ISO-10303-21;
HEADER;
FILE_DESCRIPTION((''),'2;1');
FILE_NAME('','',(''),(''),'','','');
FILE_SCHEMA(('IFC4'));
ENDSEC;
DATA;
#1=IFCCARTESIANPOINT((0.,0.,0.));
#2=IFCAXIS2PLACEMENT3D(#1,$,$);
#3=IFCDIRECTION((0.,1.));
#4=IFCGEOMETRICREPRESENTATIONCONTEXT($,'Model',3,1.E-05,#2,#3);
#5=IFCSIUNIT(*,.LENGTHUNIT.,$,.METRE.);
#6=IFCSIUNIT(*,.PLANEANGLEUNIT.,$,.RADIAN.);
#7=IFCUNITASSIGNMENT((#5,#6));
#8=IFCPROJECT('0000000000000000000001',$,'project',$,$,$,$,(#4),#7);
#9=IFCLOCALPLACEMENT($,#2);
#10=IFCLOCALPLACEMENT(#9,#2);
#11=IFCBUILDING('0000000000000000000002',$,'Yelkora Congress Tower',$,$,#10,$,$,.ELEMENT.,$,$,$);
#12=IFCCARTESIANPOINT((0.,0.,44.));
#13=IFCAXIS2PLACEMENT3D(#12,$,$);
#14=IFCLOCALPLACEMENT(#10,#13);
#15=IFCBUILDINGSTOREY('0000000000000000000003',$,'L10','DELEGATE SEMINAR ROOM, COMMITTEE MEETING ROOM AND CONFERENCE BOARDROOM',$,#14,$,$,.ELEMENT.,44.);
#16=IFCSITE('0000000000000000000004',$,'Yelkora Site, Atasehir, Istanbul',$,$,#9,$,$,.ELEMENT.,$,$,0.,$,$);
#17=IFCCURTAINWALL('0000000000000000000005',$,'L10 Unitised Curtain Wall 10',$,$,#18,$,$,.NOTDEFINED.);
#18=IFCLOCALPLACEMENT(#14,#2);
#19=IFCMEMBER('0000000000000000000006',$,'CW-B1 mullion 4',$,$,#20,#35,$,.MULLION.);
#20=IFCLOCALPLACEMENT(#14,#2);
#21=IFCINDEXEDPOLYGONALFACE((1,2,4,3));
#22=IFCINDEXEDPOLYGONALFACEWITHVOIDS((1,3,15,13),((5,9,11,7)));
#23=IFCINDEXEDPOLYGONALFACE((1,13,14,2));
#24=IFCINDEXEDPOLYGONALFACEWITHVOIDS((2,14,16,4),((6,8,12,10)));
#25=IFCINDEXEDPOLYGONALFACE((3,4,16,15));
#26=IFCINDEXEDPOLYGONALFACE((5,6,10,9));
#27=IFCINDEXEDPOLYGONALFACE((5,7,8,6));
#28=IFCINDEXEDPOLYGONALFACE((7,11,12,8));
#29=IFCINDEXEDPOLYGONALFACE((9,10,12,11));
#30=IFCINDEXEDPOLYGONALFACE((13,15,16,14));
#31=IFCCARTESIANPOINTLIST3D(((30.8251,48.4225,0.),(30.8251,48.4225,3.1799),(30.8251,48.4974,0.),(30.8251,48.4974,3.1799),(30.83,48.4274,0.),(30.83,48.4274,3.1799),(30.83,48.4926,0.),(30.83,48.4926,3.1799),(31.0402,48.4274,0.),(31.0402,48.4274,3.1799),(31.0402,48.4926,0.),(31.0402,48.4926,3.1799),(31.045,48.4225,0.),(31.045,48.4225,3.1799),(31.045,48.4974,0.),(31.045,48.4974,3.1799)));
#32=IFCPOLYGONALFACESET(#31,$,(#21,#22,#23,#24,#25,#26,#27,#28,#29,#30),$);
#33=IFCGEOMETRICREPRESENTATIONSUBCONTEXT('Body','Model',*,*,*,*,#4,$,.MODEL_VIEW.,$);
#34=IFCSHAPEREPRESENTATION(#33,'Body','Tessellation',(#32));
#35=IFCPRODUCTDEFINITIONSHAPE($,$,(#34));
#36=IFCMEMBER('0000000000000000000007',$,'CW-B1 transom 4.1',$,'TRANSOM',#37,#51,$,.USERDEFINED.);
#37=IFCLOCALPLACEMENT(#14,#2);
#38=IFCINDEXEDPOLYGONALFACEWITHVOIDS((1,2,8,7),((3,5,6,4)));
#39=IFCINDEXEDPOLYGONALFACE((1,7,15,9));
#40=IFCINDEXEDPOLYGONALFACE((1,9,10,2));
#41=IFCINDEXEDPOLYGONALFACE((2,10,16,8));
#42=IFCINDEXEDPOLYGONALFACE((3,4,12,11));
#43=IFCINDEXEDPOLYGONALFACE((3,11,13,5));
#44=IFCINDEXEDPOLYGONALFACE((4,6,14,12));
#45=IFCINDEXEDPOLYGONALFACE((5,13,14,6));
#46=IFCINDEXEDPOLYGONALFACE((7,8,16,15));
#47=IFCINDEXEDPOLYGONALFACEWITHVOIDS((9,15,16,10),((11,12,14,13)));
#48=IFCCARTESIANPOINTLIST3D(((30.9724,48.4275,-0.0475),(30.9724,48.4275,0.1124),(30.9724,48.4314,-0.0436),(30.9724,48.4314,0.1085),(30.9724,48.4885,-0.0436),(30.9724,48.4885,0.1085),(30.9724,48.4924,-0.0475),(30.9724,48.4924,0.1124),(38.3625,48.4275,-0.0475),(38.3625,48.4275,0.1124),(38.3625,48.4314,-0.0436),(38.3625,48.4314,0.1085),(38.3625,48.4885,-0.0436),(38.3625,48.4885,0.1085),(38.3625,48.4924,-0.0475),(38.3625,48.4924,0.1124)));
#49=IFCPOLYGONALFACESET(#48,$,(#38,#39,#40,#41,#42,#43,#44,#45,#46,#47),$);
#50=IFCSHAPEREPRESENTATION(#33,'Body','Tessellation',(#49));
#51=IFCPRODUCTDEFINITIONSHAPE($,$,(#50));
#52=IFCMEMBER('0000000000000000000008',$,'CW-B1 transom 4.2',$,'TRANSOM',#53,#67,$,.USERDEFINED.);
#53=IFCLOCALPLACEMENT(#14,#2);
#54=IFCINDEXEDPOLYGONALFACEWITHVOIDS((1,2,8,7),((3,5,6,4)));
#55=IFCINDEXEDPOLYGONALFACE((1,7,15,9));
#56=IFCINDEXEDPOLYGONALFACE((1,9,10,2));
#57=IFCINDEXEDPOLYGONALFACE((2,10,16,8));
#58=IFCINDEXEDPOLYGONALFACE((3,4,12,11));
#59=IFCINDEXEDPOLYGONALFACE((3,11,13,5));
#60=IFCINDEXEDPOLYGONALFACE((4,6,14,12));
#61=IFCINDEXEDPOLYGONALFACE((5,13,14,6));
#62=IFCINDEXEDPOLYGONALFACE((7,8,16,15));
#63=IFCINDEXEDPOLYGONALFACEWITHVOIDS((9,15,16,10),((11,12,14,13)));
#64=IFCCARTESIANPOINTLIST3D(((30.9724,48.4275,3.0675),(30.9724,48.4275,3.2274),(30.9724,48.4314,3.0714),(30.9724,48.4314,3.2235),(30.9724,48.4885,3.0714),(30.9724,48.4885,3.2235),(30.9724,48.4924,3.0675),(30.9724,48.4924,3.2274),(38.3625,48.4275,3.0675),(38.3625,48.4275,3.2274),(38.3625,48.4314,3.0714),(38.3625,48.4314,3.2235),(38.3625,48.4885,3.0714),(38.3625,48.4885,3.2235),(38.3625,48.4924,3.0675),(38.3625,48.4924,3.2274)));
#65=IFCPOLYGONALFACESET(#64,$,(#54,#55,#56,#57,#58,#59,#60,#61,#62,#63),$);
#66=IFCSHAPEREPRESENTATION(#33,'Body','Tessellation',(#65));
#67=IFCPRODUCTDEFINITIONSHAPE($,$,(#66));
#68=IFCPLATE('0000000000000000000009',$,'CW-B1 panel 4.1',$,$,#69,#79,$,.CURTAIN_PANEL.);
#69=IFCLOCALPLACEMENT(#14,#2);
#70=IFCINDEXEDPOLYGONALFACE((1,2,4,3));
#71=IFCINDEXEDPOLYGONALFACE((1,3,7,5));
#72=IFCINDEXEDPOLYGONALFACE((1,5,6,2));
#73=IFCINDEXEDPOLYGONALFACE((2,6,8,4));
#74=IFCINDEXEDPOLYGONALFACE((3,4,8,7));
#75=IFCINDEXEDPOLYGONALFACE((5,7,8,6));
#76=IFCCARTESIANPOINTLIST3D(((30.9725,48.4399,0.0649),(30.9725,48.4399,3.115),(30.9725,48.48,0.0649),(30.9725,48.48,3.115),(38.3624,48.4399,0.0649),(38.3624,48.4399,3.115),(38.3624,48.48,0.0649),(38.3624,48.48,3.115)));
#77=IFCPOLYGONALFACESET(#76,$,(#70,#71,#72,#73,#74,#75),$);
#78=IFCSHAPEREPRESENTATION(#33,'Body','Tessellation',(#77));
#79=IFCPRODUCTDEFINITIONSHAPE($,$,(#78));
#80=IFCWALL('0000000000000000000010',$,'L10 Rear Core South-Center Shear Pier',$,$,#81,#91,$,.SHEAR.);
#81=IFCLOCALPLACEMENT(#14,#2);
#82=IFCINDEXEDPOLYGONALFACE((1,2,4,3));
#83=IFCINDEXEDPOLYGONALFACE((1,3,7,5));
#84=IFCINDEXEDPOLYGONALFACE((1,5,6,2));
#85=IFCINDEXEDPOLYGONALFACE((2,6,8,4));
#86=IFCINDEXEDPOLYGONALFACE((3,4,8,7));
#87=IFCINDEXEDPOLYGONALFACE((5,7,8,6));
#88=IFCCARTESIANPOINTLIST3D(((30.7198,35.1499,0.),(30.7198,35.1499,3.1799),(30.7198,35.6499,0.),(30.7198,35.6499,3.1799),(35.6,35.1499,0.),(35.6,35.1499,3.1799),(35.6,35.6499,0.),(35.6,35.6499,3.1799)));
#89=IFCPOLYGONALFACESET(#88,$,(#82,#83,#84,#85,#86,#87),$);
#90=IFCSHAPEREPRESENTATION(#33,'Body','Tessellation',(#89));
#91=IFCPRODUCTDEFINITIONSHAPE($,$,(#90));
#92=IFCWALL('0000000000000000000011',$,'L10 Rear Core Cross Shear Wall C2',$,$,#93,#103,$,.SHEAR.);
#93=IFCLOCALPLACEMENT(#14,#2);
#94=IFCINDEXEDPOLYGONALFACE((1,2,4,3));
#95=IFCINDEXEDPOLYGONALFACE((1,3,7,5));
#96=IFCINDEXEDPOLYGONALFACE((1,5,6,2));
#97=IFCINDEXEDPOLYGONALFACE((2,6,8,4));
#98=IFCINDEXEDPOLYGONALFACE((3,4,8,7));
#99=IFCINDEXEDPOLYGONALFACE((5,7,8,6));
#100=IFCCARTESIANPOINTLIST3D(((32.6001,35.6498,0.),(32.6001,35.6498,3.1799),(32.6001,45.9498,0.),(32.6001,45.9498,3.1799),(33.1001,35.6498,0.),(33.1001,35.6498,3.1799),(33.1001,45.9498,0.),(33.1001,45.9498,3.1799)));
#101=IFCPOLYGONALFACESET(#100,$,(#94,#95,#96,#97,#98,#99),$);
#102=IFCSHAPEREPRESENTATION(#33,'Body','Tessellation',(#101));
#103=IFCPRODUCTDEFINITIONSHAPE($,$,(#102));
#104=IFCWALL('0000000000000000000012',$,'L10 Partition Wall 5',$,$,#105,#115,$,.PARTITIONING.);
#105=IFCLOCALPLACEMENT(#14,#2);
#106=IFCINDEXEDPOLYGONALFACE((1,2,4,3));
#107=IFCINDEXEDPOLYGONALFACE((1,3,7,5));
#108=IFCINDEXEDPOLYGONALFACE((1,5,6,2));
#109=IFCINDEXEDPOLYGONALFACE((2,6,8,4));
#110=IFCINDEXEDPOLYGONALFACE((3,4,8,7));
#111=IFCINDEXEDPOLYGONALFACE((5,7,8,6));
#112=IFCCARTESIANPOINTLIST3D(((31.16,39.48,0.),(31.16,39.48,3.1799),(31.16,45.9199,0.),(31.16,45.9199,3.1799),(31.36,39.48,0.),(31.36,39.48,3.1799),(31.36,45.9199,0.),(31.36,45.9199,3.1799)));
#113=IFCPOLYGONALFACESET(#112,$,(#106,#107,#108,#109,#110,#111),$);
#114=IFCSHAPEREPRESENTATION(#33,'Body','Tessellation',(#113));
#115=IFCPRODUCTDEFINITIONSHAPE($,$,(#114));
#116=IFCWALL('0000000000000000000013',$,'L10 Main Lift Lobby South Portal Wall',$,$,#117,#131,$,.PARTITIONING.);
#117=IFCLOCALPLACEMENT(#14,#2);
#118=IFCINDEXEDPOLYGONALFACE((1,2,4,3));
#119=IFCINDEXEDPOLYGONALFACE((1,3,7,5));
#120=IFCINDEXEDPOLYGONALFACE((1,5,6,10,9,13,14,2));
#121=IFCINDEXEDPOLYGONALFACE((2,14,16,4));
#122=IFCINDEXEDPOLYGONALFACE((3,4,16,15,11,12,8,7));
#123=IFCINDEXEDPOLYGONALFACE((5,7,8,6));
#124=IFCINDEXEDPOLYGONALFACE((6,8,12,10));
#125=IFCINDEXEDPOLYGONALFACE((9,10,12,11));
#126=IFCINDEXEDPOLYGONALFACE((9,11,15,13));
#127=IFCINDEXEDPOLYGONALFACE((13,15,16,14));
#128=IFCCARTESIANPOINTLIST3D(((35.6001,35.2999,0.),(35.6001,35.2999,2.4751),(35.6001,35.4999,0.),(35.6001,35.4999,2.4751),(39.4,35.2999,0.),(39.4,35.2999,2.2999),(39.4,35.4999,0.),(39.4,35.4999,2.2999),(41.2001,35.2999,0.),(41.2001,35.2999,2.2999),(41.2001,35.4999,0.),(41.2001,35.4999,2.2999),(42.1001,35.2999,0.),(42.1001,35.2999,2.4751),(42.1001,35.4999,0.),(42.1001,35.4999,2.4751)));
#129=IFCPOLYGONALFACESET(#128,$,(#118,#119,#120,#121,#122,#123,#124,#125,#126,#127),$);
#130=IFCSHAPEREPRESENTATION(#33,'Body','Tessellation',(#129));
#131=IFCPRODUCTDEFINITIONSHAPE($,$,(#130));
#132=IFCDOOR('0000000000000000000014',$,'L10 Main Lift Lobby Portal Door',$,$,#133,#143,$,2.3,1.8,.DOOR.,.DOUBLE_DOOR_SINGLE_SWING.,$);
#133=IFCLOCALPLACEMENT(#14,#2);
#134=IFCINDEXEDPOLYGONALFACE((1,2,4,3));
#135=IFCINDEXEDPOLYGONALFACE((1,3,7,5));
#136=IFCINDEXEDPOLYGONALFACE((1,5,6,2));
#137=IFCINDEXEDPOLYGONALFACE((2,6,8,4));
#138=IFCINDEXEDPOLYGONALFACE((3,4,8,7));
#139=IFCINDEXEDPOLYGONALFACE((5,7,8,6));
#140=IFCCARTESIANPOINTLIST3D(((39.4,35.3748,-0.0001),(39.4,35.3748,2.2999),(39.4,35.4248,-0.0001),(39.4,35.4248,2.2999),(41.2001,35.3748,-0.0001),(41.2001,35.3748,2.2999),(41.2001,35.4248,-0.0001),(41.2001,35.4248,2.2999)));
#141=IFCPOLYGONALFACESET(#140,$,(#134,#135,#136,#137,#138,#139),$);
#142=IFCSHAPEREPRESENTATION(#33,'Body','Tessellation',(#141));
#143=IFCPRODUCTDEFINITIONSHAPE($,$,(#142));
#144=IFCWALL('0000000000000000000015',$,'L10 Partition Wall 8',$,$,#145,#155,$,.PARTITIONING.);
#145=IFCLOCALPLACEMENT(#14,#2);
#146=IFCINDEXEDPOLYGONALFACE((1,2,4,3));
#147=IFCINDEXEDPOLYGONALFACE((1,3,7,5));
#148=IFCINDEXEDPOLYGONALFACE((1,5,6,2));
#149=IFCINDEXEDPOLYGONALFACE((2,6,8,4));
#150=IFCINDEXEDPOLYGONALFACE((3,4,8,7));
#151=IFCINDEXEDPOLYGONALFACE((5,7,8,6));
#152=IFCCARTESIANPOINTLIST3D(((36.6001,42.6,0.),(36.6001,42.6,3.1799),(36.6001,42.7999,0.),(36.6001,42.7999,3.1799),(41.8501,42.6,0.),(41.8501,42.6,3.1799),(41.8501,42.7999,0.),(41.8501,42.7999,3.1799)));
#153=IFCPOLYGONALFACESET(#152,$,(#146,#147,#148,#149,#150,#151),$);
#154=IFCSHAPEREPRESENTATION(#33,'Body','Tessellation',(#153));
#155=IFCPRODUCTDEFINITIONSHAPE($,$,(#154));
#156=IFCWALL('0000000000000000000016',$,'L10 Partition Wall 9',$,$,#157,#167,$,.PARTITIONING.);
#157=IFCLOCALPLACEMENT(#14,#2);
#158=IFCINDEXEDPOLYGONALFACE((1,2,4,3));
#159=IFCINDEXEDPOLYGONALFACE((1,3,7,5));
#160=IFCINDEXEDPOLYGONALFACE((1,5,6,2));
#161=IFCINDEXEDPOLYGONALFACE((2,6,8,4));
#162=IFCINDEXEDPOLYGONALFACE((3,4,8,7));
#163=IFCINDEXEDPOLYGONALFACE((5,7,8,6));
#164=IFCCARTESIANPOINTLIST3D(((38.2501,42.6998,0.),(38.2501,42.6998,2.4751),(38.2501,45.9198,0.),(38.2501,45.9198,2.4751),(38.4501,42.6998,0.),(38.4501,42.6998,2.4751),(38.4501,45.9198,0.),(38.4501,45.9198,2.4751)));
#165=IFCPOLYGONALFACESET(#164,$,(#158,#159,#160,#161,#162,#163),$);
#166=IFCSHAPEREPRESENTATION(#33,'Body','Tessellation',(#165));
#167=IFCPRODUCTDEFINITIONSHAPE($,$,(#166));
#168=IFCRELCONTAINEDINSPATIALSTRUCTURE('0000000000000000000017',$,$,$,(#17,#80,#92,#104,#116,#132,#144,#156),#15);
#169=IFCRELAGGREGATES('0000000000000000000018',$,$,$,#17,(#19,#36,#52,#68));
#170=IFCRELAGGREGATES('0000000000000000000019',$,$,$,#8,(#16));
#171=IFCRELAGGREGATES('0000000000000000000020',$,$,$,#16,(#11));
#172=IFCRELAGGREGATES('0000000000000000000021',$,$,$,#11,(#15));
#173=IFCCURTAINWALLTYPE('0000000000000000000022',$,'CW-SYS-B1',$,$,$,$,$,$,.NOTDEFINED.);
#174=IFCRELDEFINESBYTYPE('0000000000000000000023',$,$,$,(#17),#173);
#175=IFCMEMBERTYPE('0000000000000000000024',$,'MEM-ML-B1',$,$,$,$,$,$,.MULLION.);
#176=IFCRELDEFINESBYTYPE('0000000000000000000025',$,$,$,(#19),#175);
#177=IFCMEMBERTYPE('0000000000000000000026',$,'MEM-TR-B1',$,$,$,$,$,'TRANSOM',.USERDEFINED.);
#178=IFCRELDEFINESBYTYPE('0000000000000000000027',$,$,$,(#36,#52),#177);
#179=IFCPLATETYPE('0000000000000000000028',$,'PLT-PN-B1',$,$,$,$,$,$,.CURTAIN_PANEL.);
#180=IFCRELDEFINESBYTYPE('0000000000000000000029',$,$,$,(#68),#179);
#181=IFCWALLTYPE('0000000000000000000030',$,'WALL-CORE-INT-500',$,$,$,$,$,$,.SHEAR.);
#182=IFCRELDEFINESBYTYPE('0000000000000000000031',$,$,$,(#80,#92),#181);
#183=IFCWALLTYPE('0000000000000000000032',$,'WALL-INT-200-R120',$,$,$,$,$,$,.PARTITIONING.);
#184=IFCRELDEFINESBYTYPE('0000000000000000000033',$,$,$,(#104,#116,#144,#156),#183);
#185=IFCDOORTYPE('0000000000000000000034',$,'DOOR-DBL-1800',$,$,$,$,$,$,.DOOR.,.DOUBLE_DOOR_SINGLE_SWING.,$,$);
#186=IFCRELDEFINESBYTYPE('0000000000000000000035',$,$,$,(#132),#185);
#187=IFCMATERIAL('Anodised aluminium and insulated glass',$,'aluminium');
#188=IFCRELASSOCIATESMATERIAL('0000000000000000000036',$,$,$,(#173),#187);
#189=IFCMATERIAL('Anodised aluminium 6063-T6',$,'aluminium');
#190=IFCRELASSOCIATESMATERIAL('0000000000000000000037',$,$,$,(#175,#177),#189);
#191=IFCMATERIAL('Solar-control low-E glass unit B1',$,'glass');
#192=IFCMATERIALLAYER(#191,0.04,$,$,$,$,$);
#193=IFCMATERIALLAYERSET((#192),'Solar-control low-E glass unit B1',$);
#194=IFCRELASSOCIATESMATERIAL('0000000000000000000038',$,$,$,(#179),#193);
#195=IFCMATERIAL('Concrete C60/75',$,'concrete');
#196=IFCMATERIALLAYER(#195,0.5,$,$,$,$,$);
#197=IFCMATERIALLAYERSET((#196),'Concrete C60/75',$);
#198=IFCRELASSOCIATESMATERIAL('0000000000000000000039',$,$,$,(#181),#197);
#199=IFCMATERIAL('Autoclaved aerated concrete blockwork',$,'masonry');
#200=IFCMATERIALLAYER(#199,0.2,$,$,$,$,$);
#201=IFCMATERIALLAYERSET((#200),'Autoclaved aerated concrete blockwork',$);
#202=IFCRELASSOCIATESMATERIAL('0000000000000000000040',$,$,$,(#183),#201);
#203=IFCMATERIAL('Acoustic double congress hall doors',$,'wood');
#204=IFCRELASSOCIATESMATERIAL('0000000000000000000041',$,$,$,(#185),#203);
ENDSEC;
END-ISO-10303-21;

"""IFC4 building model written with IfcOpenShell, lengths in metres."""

from ifc_helpers import new_model, si_unit, direction, frame, frame_2d, origin, origin_2d, place, context, subcontext, project, spatial, rectangle, hollow_rectangle, extrude, material, layer, layer_set, material_profile, profile_set, type_object, element, fill, aggregate, save


model = new_model("IFC4")

# Units and contexts
model_context = context("Model", 3, precision=1e-05, world=origin(), true_north=direction((0.0, 1.0)))
body_context = subcontext(model_context, "Body", "Model", "MODEL_VIEW")
ifc_project = project(units=[si_unit("LENGTHUNIT", "METRE"), si_unit("PLANEANGLEUNIT", "RADIAN")], contexts=[model_context])

# Site, building, storey
site_placement = place(None, origin())
site = spatial("IfcSite", under=ifc_project, at=site_placement, Name="Yelkora Site, Atasehir, Istanbul", CompositionType="ELEMENT", RefElevation=0.0)
building_placement = place(site_placement, origin())
building = spatial("IfcBuilding", under=site, at=building_placement, Name="Yelkora Congress Tower", CompositionType="ELEMENT")
storey_placement = place(building_placement, frame((0.0, 0.0, 44.0)))
storey = spatial("IfcBuildingStorey", under=building, at=storey_placement, Name="L10", Description="DELEGATE SEMINAR ROOM, COMMITTEE MEETING ROOM AND CONFERENCE BOARDROOM", CompositionType="ELEMENT", Elevation=44.0)

# Shared definitions
ifc_material_1 = material(Name="Concrete C60/75", Category="concrete")

# Curtain wall, members, plate
ifc_material_2 = material(Name="Anodised aluminium and insulated glass", Category="aluminium")
curtain_wall_type = type_object("IfcCurtainWallType", Name="CW-SYS-B1", PredefinedType="NOTDEFINED", material=ifc_material_2)
curtain_wall_placement = place(storey_placement, origin())
curtain_wall = element("IfcCurtainWall", 1, at=curtain_wall_placement, inside=storey, type_object=curtain_wall_type, Name="L10 Unitised Curtain Wall 10", PredefinedType="NOTDEFINED")
ifc_material_3 = material(Name="Anodised aluminium 6063-T6", Category="aluminium")
ifc_material_profile_1 = material_profile(ifc_material_3, hollow_rectangle(XDim=0.075, YDim=0.22, WallThickness=0.0049, at=origin_2d()), Name="ALU 75x220x5")
ifc_profile_set_1 = profile_set([ifc_material_profile_1], Name="Anodised aluminium 6063-T6")
member_type_1 = type_object("IfcMemberType", Name="MEM-ML-B1", PredefinedType="MULLION", material=ifc_profile_set_1)
member_1_placement = place(storey_placement, frame((30.9351, 48.46, 0.0), z_axis=(0.0, 0.0, 1.0), x_axis=(0.0, 1.0, 0.0)))
member_1 = element("IfcMember", 2, at=member_1_placement, type_object=member_type_1, Name="CW-B1 mullion 4", PredefinedType="MULLION", context=body_context, shape_type="SweptSolid", body=[
    extrude(hollow_rectangle(XDim=0.075, YDim=0.22, WallThickness=0.0049, at=origin_2d()), origin(), (0.0, 0.0, 1.0), 3.1799),
])
ifc_material_profile_2 = material_profile(ifc_material_3, hollow_rectangle(XDim=0.0649, YDim=0.1599, WallThickness=0.0039, at=origin_2d()), Name="ALU 65x160x4")
ifc_profile_set_2 = profile_set([ifc_material_profile_2], Name="Anodised aluminium 6063-T6")
member_type_2 = type_object("IfcMemberType", Name="MEM-TR-B1", ElementType="TRANSOM", PredefinedType="USERDEFINED", material=ifc_profile_set_2)
member_2_placement = place(storey_placement, frame((30.9724, 48.46, 0.0325), z_axis=(1.0, 0.0, 0.0), x_axis=(0.0, 1.0, 0.0)))
member_2 = element("IfcMember", 3, at=member_2_placement, type_object=member_type_2, Name="CW-B1 transom 4.1", ObjectType="TRANSOM", PredefinedType="USERDEFINED", context=body_context, shape_type="SweptSolid", body=[
    extrude(hollow_rectangle(XDim=0.0649, YDim=0.1599, WallThickness=0.0039, at=origin_2d()), origin(), (0.0, 0.0, 1.0), 7.3901),
])
member_3_placement = place(storey_placement, frame((30.9724, 48.46, 3.1475), z_axis=(1.0, 0.0, 0.0), x_axis=(0.0, 1.0, 0.0)))
member_3 = element("IfcMember", 4, at=member_3_placement, type_object=member_type_2, Name="CW-B1 transom 4.2", ObjectType="TRANSOM", PredefinedType="USERDEFINED", context=body_context, shape_type="SweptSolid", body=[
    extrude(hollow_rectangle(XDim=0.0649, YDim=0.1599, WallThickness=0.0039, at=origin_2d()), origin(), (0.0, 0.0, 1.0), 7.3901),
])
ifc_material_4 = material(Name="Solar-control low-E glass unit B1", Category="glass")
ifc_layer_1 = layer(ifc_material_4, 0.04)
ifc_layer_set_1 = layer_set([ifc_layer_1], Name="Solar-control low-E glass unit B1")
plate_type = type_object("IfcPlateType", Name="PLT-PN-B1", PredefinedType="CURTAIN_PANEL", material=ifc_layer_set_1)
plate_placement = place(storey_placement, frame((34.6675, 48.46, 0.0649), z_axis=(0.0, 0.0, 1.0), x_axis=(1.0, 0.0, 0.0)))
plate = element("IfcPlate", 5, at=plate_placement, type_object=plate_type, Name="CW-B1 panel 4.1", PredefinedType="CURTAIN_PANEL", context=body_context, shape_type="SweptSolid", body=[
    extrude(rectangle(XDim=7.3899, YDim=0.04, at=origin_2d()), origin(), (0.0, 0.0, 1.0), 3.05),
])
aggregate(curtain_wall, [member_1, member_2, member_3, plate])

# Walls
ifc_layer_2 = layer(ifc_material_1, 0.5)
ifc_layer_set_2 = layer_set([ifc_layer_2], Name="Concrete C60/75")
wall_type_1 = type_object("IfcWallType", Name="WALL-CORE-INT-500", PredefinedType="SHEAR", material=ifc_layer_set_2)
wall_1_placement = place(storey_placement, frame((30.72, 35.3999, 0.0), z_axis=(0.0, 0.0, 1.0), x_axis=(1.0, 0.0, 0.0)))
element("IfcWall", 6, at=wall_1_placement, inside=storey, type_object=wall_type_1, Name="L10 Rear Core South-Center Shear Pier", PredefinedType="SHEAR", context=body_context, shape_type="SweptSolid", body=[
    extrude(rectangle(XDim=4.8801, YDim=0.5, at=frame_2d((2.4399, 0.0))), origin(), (0.0, 0.0, 1.0), 3.1799),
])
wall_2_placement = place(storey_placement, frame((32.8501, 35.6499, 0.0), z_axis=(0.0, 0.0, 1.0), x_axis=(0.0, 1.0, 0.0)))
element("IfcWall", 7, at=wall_2_placement, inside=storey, type_object=wall_type_1, Name="L10 Rear Core Cross Shear Wall C2", PredefinedType="SHEAR", context=body_context, shape_type="SweptSolid", body=[
    extrude(rectangle(XDim=10.3, YDim=0.5, at=frame_2d((5.1499, 0.0))), origin(), (0.0, 0.0, 1.0), 3.1799),
])
ifc_material_5 = material(Name="Autoclaved aerated concrete blockwork", Category="masonry")
ifc_layer_3 = layer(ifc_material_5, 0.2)
ifc_layer_set_3 = layer_set([ifc_layer_3], Name="Autoclaved aerated concrete blockwork")
wall_type_2 = type_object("IfcWallType", Name="WALL-INT-200-R120", PredefinedType="PARTITIONING", material=ifc_layer_set_3)
wall_3_placement = place(storey_placement, frame((31.26, 39.48, 0.0), z_axis=(0.0, 0.0, 1.0), x_axis=(0.0, 1.0, 0.0)))
element("IfcWall", 8, at=wall_3_placement, inside=storey, type_object=wall_type_2, Name="L10 Partition Wall 5", PredefinedType="PARTITIONING", context=body_context, shape_type="SweptSolid", body=[
    extrude(rectangle(XDim=6.4399, YDim=0.2, at=frame_2d((3.22, 0.0))), origin(), (0.0, 0.0, 1.0), 3.1799),
])

# Wall, opening, door
wall_4_placement = place(storey_placement, frame((35.6001, 35.3999, 0.0), z_axis=(0.0, 0.0, 1.0), x_axis=(1.0, 0.0, 0.0)))
wall_4 = element("IfcWall", 9, at=wall_4_placement, inside=storey, type_object=wall_type_2, Name="L10 Main Lift Lobby South Portal Wall", PredefinedType="PARTITIONING", context=body_context, shape_type="SweptSolid", body=[
    extrude(rectangle(XDim=6.5, YDim=0.2, at=frame_2d((3.25, 0.0))), origin(), (0.0, 0.0, 1.0), 2.4751),
])
opening_1_placement = place(wall_4_placement, frame((3.8, 0.0, 0.0)))
opening_1 = element("IfcOpeningElement", 10, at=opening_1_placement, cuts=wall_4, PredefinedType="OPENING", context=body_context, shape_type="SweptSolid", body=[
    extrude(rectangle(XDim=1.8, YDim=2.3, at=frame_2d((0.8999, 1.1499))), frame((0.0, 0.1099, 0.0), z_axis=(0.0, -1.0, 0.0), x_axis=(1.0, 0.0, 0.0)), (0.0, 0.0, 1.0), 0.22),
])
ifc_material_6 = material(Name="Acoustic double congress hall doors", Category="wood")
door_type_1 = type_object("IfcDoorType", Name="DOOR-DBL-1800", OperationType="DOUBLE_DOOR_SINGLE_SWING", PredefinedType="DOOR", material=ifc_material_6)
door_1_placement = place(opening_1_placement, origin())
door_1 = element("IfcDoor", 11, at=door_1_placement, inside=storey, type_object=door_type_1, Name="L10 Main Lift Lobby Portal Door", OperationType="DOUBLE_DOOR_SINGLE_SWING", OverallHeight=2.3, OverallWidth=1.8, PredefinedType="DOOR", context=body_context, shape_type="SweptSolid", body=[
    extrude(rectangle(XDim=1.8, YDim=2.3, at=frame_2d((0.8999, 1.1499))), frame((0.0, 0.0249, 0.0), z_axis=(0.0, -1.0, 0.0), x_axis=(1.0, 0.0, 0.0)), (0.0, 0.0, 1.0), 0.05),
])
fill(opening_1, door_1)

# Walls
wall_5_placement = place(storey_placement, frame((36.6001, 42.7, 0.0), z_axis=(0.0, 0.0, 1.0), x_axis=(1.0, 0.0, 0.0)))
element("IfcWall", 12, at=wall_5_placement, inside=storey, type_object=wall_type_2, Name="L10 Partition Wall 8", PredefinedType="PARTITIONING", context=body_context, shape_type="SweptSolid", body=[
    extrude(rectangle(XDim=5.25, YDim=0.2, at=frame_2d((2.625, 0.0))), origin(), (0.0, 0.0, 1.0), 3.1799),
])
wall_6_placement = place(storey_placement, frame((38.3501, 42.7, 0.0), z_axis=(0.0, 0.0, 1.0), x_axis=(0.0, 1.0, 0.0)))
element("IfcWall", 13, at=wall_6_placement, inside=storey, type_object=wall_type_2, Name="L10 Partition Wall 9", PredefinedType="PARTITIONING", context=body_context, shape_type="SweptSolid", body=[
    extrude(rectangle(XDim=3.22, YDim=0.2, at=frame_2d((1.6099, 0.0))), origin(), (0.0, 0.0, 1.0), 2.4751),
])

save(model, "model.ifc")
